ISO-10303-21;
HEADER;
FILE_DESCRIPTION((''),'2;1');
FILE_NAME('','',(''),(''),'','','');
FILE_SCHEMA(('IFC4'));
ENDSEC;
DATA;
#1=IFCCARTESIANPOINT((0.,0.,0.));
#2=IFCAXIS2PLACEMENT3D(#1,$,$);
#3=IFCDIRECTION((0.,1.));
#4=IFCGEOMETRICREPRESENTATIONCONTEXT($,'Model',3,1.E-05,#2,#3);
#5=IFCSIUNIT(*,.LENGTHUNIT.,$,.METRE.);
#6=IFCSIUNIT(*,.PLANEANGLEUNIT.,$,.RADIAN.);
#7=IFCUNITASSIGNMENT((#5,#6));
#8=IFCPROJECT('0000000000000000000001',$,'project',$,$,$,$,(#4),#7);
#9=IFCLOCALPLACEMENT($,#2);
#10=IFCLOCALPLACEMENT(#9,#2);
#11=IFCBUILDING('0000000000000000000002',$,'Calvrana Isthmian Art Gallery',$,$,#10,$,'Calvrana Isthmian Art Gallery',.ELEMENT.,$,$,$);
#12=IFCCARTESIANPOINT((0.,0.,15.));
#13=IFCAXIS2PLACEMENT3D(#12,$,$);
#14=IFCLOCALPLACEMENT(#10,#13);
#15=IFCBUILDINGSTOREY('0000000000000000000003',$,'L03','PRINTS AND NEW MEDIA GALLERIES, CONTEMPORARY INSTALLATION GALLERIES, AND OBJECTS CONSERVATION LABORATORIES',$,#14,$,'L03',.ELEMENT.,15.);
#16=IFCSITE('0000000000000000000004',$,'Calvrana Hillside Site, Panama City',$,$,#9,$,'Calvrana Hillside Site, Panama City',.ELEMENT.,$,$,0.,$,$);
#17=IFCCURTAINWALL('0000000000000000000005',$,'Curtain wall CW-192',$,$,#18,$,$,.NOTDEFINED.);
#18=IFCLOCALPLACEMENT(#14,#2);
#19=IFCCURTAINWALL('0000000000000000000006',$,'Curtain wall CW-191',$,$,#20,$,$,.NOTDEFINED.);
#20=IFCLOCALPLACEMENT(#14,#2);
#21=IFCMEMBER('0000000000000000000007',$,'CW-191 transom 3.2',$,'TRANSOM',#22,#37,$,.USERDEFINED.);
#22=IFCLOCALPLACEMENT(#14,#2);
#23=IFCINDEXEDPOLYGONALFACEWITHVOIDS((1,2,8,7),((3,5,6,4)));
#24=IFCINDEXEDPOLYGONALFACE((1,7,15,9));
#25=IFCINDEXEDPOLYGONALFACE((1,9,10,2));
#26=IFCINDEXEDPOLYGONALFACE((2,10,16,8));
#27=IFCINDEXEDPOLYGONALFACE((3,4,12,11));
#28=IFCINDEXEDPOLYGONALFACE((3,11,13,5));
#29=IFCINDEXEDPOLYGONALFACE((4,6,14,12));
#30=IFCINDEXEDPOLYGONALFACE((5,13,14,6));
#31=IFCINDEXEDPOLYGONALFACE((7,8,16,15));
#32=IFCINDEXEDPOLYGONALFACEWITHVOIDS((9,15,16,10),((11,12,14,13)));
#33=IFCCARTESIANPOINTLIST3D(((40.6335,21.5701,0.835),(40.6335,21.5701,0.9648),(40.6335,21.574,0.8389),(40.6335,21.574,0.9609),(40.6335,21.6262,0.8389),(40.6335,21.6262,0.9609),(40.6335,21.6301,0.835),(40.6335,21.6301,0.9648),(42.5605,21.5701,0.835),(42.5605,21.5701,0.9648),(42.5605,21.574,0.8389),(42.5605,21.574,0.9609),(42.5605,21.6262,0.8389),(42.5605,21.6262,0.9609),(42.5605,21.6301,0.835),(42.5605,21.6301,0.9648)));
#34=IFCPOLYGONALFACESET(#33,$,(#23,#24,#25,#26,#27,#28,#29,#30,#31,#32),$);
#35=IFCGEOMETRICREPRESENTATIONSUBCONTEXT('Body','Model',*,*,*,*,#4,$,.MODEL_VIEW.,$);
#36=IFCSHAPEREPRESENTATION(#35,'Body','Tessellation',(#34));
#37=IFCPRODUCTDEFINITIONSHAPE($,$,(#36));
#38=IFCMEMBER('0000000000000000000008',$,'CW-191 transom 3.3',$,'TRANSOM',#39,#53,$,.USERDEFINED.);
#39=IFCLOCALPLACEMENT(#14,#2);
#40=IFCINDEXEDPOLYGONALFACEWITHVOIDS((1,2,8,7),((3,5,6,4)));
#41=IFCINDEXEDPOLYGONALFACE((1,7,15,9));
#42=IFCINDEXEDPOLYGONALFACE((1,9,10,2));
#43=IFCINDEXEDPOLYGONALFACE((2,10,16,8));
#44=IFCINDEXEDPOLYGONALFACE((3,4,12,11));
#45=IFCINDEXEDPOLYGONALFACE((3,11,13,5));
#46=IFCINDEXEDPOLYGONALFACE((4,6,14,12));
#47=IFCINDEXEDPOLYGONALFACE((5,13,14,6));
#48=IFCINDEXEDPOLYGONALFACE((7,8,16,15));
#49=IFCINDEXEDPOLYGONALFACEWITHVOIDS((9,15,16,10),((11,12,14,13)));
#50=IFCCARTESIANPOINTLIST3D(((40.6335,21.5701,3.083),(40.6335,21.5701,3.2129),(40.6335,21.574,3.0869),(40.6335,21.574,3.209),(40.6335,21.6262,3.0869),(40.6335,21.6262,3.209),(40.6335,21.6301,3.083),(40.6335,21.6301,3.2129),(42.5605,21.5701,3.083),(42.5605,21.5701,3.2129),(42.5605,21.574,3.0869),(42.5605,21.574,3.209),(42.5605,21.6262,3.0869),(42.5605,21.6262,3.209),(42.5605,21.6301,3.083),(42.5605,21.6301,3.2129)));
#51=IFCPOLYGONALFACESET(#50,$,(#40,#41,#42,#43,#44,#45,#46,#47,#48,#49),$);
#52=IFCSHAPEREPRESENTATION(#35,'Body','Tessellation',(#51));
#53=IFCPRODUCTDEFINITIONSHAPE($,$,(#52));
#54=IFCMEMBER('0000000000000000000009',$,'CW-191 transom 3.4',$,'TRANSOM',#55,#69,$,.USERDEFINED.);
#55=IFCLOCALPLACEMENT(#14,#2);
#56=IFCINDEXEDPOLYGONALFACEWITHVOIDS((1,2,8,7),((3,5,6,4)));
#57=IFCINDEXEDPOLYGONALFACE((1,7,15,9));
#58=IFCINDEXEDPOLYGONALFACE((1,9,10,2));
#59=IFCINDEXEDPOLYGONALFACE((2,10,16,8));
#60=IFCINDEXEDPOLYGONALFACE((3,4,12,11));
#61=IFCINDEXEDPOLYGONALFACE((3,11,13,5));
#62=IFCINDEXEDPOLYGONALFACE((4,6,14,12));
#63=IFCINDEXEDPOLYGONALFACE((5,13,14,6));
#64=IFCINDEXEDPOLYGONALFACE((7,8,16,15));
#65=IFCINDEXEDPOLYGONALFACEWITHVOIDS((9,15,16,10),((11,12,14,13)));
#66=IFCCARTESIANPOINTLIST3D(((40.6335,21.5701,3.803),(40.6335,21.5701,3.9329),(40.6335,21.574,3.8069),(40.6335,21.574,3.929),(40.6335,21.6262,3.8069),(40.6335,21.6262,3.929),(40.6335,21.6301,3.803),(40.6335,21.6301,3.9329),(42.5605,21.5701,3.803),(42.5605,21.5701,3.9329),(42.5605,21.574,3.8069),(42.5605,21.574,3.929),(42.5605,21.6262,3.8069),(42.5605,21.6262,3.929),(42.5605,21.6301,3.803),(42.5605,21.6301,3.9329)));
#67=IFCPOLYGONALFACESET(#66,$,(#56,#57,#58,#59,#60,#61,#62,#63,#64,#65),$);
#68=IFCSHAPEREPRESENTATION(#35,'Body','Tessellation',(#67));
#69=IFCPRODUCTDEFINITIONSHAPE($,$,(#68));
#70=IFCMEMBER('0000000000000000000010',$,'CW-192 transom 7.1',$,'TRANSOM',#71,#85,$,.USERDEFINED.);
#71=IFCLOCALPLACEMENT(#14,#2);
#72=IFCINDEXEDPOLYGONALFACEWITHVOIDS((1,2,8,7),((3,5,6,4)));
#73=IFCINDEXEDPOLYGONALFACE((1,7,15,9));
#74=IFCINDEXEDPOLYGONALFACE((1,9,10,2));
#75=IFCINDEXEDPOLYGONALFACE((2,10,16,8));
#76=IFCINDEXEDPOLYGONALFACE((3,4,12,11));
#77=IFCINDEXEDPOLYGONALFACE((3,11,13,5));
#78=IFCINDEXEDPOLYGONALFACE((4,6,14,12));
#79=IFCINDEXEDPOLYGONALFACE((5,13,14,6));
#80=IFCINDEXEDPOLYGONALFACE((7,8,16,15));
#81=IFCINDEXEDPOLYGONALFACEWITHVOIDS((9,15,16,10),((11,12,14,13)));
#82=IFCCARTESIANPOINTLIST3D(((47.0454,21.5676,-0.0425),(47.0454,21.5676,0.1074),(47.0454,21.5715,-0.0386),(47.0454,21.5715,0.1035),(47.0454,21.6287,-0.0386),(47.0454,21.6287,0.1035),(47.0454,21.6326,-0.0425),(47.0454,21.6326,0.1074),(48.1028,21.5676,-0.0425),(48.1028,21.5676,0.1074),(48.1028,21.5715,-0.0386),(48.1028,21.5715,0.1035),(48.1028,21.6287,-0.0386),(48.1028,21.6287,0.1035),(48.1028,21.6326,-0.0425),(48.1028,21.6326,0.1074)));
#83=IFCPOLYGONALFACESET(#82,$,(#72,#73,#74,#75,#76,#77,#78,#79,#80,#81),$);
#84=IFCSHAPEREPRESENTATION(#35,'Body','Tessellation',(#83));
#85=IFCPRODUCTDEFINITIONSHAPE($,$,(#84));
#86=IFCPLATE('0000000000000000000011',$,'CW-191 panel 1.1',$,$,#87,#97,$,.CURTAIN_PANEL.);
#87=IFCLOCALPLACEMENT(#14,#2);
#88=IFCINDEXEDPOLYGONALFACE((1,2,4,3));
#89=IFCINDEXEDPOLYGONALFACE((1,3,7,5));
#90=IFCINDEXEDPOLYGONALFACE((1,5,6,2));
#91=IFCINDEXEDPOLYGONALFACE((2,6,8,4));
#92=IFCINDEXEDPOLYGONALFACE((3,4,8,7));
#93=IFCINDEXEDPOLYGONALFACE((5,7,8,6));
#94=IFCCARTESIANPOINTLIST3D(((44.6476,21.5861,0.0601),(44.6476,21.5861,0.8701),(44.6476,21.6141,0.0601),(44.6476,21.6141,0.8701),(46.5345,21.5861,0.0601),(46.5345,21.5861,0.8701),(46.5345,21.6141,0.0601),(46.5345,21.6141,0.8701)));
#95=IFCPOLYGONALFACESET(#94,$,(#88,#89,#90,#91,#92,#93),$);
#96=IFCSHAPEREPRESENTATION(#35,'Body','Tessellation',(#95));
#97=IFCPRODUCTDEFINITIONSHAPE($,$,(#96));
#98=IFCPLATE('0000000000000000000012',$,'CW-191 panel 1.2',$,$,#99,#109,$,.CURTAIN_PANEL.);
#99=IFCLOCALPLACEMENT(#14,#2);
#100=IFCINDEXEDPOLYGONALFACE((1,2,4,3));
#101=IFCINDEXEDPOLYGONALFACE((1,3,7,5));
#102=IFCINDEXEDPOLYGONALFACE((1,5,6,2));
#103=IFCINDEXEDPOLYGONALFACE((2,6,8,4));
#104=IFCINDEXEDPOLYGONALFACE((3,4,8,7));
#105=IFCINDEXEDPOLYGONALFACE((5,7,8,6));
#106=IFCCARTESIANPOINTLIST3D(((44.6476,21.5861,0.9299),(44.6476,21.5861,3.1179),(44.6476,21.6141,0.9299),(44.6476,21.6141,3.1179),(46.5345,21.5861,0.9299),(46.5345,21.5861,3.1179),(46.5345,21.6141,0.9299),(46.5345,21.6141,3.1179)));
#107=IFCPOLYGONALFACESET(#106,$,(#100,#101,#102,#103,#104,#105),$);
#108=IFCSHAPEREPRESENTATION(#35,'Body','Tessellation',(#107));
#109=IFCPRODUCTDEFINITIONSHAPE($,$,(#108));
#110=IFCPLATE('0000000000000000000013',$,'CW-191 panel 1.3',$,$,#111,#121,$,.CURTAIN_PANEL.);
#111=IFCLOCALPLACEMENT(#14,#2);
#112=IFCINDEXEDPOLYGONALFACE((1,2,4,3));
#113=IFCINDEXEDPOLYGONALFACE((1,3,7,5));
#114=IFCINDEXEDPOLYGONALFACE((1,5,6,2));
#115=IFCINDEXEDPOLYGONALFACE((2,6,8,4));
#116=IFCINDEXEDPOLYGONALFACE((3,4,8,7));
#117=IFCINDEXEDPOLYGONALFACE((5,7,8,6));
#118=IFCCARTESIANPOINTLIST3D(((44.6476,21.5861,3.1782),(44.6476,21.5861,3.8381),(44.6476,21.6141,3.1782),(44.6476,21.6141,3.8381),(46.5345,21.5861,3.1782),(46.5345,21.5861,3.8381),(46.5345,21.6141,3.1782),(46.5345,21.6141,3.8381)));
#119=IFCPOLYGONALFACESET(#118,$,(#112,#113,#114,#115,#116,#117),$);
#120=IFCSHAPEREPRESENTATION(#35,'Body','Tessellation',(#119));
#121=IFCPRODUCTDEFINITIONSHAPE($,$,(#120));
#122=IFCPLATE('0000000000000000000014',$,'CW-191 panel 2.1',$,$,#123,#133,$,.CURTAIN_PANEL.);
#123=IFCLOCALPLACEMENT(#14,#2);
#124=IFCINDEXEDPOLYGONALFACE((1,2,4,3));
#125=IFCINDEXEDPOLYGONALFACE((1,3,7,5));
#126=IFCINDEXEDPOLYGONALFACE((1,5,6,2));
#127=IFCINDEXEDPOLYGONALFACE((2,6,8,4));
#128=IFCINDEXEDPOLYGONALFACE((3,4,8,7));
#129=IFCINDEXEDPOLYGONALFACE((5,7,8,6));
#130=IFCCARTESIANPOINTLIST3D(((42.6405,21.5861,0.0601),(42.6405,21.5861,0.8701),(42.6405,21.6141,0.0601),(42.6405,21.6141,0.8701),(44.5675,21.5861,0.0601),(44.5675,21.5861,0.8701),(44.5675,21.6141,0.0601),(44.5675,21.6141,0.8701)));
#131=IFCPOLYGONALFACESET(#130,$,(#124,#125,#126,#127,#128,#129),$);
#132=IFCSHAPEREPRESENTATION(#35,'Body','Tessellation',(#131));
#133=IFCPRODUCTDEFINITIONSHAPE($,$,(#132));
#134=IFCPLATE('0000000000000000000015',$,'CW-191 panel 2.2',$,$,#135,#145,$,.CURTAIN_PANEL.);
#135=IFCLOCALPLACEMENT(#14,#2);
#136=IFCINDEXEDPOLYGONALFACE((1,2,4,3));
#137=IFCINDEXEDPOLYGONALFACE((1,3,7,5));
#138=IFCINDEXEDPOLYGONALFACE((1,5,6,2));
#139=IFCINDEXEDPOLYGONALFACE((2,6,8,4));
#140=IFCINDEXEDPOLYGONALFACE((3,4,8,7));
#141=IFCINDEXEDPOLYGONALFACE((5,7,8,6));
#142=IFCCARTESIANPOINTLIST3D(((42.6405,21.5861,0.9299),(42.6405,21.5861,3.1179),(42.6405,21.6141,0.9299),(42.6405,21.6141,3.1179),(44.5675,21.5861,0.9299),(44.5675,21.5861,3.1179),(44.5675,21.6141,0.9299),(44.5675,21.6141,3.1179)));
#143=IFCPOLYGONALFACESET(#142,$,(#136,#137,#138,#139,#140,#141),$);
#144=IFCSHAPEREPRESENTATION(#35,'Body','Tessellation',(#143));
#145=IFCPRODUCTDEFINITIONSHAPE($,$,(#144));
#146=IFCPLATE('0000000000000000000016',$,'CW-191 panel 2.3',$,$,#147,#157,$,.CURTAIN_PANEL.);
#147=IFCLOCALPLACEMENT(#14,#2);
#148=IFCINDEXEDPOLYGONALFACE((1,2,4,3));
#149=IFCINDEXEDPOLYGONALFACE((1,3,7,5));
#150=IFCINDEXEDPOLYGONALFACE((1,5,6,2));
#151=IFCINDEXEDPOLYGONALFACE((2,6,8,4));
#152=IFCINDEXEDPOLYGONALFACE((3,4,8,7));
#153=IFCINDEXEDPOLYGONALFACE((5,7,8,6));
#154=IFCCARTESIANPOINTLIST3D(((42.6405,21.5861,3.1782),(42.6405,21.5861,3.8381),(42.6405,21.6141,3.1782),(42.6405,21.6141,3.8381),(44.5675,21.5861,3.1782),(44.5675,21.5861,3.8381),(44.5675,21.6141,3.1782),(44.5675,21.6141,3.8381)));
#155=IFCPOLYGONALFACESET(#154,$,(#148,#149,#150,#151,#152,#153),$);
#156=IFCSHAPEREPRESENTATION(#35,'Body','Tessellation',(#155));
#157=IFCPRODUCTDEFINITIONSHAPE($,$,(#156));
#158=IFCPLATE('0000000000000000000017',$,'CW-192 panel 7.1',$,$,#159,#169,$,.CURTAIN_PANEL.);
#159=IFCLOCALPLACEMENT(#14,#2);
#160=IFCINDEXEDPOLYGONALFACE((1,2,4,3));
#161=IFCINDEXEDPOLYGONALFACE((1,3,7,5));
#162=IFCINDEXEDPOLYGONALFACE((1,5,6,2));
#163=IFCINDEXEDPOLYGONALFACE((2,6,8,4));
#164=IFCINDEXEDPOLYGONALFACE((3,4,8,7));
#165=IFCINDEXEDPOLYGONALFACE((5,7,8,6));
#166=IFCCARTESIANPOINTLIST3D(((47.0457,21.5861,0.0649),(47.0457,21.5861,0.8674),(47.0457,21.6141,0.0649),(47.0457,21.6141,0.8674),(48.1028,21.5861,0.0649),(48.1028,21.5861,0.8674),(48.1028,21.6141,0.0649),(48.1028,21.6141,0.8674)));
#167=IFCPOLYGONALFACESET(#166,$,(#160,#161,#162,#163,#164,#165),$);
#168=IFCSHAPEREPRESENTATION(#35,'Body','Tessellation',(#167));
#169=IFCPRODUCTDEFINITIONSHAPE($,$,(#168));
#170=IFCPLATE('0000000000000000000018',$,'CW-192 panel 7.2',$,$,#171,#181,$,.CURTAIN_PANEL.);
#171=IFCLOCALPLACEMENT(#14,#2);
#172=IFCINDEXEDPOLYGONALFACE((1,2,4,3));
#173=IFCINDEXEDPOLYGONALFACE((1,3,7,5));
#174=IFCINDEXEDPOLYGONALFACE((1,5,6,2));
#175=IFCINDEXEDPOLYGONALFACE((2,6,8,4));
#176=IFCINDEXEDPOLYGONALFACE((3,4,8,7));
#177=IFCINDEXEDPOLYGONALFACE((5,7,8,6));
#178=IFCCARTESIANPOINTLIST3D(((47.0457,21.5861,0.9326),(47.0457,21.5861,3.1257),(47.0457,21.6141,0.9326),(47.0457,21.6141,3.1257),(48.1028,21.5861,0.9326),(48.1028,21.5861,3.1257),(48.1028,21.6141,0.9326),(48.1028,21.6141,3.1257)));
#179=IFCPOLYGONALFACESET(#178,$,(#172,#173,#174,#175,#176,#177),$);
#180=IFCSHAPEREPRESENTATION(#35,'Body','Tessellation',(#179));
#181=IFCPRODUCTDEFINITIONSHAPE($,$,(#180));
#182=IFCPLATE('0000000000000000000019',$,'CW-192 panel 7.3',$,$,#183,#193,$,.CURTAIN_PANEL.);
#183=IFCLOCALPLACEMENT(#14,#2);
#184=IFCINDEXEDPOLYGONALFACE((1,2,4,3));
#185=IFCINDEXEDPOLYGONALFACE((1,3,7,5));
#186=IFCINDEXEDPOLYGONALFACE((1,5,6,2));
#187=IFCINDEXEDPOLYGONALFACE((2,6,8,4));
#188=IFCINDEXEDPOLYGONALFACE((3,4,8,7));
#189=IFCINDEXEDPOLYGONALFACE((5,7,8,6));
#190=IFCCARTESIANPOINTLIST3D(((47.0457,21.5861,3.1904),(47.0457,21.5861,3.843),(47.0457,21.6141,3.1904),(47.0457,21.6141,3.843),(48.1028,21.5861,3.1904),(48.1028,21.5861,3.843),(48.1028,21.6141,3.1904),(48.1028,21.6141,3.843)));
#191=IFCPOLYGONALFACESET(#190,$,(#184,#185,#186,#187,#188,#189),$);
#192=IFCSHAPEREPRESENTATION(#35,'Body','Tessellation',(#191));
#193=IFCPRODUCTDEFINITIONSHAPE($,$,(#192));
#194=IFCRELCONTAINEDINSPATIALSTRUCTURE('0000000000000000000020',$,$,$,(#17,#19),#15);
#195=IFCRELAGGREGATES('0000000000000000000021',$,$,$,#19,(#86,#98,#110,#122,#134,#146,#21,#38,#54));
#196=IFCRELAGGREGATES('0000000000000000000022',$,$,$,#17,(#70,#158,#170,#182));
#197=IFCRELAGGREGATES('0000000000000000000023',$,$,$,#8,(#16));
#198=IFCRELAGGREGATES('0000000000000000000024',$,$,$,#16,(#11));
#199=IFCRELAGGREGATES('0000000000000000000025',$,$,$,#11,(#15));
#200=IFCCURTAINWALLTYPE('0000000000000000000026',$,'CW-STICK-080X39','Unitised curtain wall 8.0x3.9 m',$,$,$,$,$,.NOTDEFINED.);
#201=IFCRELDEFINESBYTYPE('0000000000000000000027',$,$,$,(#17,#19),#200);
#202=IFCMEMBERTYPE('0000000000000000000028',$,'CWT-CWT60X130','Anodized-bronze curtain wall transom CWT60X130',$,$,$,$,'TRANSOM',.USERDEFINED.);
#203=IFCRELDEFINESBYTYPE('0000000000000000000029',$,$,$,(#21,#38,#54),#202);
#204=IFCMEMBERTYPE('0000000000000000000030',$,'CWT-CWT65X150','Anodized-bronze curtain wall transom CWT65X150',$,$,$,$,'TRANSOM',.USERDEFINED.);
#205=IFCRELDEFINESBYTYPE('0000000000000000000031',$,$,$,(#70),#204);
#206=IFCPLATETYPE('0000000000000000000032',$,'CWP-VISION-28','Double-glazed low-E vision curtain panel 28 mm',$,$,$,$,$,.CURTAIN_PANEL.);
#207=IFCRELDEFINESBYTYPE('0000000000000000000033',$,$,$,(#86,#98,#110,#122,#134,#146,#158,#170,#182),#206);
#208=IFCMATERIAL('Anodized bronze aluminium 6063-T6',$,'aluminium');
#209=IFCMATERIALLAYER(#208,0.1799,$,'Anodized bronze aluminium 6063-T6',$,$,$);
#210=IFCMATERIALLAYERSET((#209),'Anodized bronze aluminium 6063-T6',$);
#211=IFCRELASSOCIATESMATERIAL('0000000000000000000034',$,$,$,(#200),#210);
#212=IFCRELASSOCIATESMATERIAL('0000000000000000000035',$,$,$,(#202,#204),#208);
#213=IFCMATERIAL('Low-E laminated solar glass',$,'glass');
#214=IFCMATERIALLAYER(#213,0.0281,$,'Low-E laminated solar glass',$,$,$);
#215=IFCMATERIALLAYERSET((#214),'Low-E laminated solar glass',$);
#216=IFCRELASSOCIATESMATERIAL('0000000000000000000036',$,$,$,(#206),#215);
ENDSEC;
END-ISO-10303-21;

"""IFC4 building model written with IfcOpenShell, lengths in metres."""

from ifc_helpers import new_model, si_unit, direction, frame, origin, origin_2d, place, context, subcontext, project, spatial, rectangle, hollow_rectangle, extrude, material, layer, layer_set, material_profile, profile_set, type_object, element, aggregate, save


model = new_model("IFC4")

# Units and contexts
model_context = context("Model", 3, precision=1e-05, world=origin(), true_north=direction((0.0, 1.0)))
body_context = subcontext(model_context, "Body", "Model", "MODEL_VIEW")
ifc_project = project(units=[si_unit("LENGTHUNIT", "METRE"), si_unit("PLANEANGLEUNIT", "RADIAN")], contexts=[model_context])

# Site, building, storey
site_placement = place(None, origin())
site = spatial("IfcSite", under=ifc_project, at=site_placement, Name="Calvrana Hillside Site, Panama City", LongName="Calvrana Hillside Site, Panama City", CompositionType="ELEMENT", RefElevation=0.0)
building_placement = place(site_placement, origin())
building = spatial("IfcBuilding", under=site, at=building_placement, Name="Calvrana Isthmian Art Gallery", LongName="Calvrana Isthmian Art Gallery", CompositionType="ELEMENT")
storey_placement = place(building_placement, frame((0.0, 0.0, 15.0)))
storey = spatial("IfcBuildingStorey", under=building, at=storey_placement, Name="L03", Description="PRINTS AND NEW MEDIA GALLERIES, CONTEMPORARY INSTALLATION GALLERIES, AND OBJECTS CONSERVATION LABORATORIES", LongName="L03", CompositionType="ELEMENT", Elevation=15.0)

# Curtain wall
ifc_material_1 = material(Name="Anodized bronze aluminium 6063-T6", Category="aluminium")
ifc_layer_1 = layer(ifc_material_1, 0.1799, Name="Anodized bronze aluminium 6063-T6")
ifc_layer_set_1 = layer_set([ifc_layer_1], Name="Anodized bronze aluminium 6063-T6")
curtain_wall_type = type_object("IfcCurtainWallType", Name="CW-STICK-080X39", Description="Unitised curtain wall 8.0x3.9 m", PredefinedType="NOTDEFINED", material=ifc_layer_set_1)
curtain_wall_1_placement = place(storey_placement, origin())
curtain_wall_1 = element("IfcCurtainWall", 1, at=curtain_wall_1_placement, inside=storey, type_object=curtain_wall_type, Name="Curtain wall CW-192", PredefinedType="NOTDEFINED")

# Curtain wall, members
curtain_wall_2_placement = place(storey_placement, origin())
curtain_wall_2 = element("IfcCurtainWall", 2, at=curtain_wall_2_placement, inside=storey, type_object=curtain_wall_type, Name="Curtain wall CW-191", PredefinedType="NOTDEFINED")
ifc_material_profile_1 = material_profile(ifc_material_1, hollow_rectangle(XDim=0.0601, YDim=0.1299, WallThickness=0.0039, at=origin_2d()), Name="CWT60X130")
ifc_profile_set_1 = profile_set([ifc_material_profile_1], Name="Anodized bronze aluminium 6063-T6")
member_type_1 = type_object("IfcMemberType", Name="CWT-CWT60X130", Description="Anodized-bronze curtain wall transom CWT60X130", ElementType="TRANSOM", PredefinedType="USERDEFINED", material=ifc_profile_set_1)
member_1_placement = place(storey_placement, frame((42.5605, 21.6001, 0.8999), z_axis=(-1.0, 0.0, 0.0), x_axis=(0.0, -1.0, 0.0)))
member_1 = element("IfcMember", 3, at=member_1_placement, type_object=member_type_1, Name="CW-191 transom 3.2", ObjectType="TRANSOM", PredefinedType="USERDEFINED", context=body_context, shape_type="SweptSolid", body=[
    extrude(hollow_rectangle(XDim=0.0601, YDim=0.1299, WallThickness=0.0039, at=origin_2d()), origin(), (0.0, 0.0, 1.0), 1.927),
])
member_2_placement = place(storey_placement, frame((42.5605, 21.6001, 3.1479), z_axis=(-1.0, 0.0, 0.0), x_axis=(0.0, -1.0, 0.0)))
member_2 = element("IfcMember", 4, at=member_2_placement, type_object=member_type_1, Name="CW-191 transom 3.3", ObjectType="TRANSOM", PredefinedType="USERDEFINED", context=body_context, shape_type="SweptSolid", body=[
    extrude(hollow_rectangle(XDim=0.0601, YDim=0.1299, WallThickness=0.0039, at=origin_2d()), origin(), (0.0, 0.0, 1.0), 1.927),
])
member_3_placement = place(storey_placement, frame((42.5605, 21.6001, 3.8679), z_axis=(-1.0, 0.0, 0.0), x_axis=(0.0, -1.0, 0.0)))
member_3 = element("IfcMember", 5, at=member_3_placement, type_object=member_type_1, Name="CW-191 transom 3.4", ObjectType="TRANSOM", PredefinedType="USERDEFINED", context=body_context, shape_type="SweptSolid", body=[
    extrude(hollow_rectangle(XDim=0.0601, YDim=0.1299, WallThickness=0.0039, at=origin_2d()), origin(), (0.0, 0.0, 1.0), 1.927),
])

# Member
ifc_material_profile_2 = material_profile(ifc_material_1, hollow_rectangle(XDim=0.0649, YDim=0.1499, WallThickness=0.0039, at=origin_2d()), Name="CWT65X150")
ifc_profile_set_2 = profile_set([ifc_material_profile_2], Name="Anodized bronze aluminium 6063-T6")
member_type_2 = type_object("IfcMemberType", Name="CWT-CWT65X150", Description="Anodized-bronze curtain wall transom CWT65X150", ElementType="TRANSOM", PredefinedType="USERDEFINED", material=ifc_profile_set_2)
member_4_placement = place(storey_placement, frame((48.1028, 21.6001, 0.0325), z_axis=(-1.0, 0.0, 0.0), x_axis=(0.0, -1.0, 0.0)))
member_4 = element("IfcMember", 6, at=member_4_placement, type_object=member_type_2, Name="CW-192 transom 7.1", ObjectType="TRANSOM", PredefinedType="USERDEFINED", context=body_context, shape_type="SweptSolid", body=[
    extrude(hollow_rectangle(XDim=0.0649, YDim=0.1499, WallThickness=0.0039, at=origin_2d()), origin(), (0.0, 0.0, 1.0), 1.0574),
])

# Plates
ifc_material_2 = material(Name="Low-E laminated solar glass", Category="glass")
ifc_layer_2 = layer(ifc_material_2, 0.0281, Name="Low-E laminated solar glass")
ifc_layer_set_2 = layer_set([ifc_layer_2], Name="Low-E laminated solar glass")
plate_type_1 = type_object("IfcPlateType", Name="CWP-VISION-28", Description="Double-glazed low-E vision curtain panel 28 mm", PredefinedType="CURTAIN_PANEL", material=ifc_layer_set_2)
plate_1_placement = place(storey_placement, frame((45.5911, 21.6001, 0.0601), z_axis=(0.0, 0.0, 1.0), x_axis=(-1.0, 0.0, 0.0)))
plate_1 = element("IfcPlate", 7, at=plate_1_placement, type_object=plate_type_1, Name="CW-191 panel 1.1", PredefinedType="CURTAIN_PANEL", context=body_context, shape_type="SweptSolid", body=[
    extrude(rectangle(XDim=1.887, YDim=0.0281, at=origin_2d()), origin(), (0.0, 0.0, 1.0), 0.8101),
])
plate_2_placement = place(storey_placement, frame((45.5911, 21.6001, 0.9299), z_axis=(0.0, 0.0, 1.0), x_axis=(-1.0, 0.0, 0.0)))
plate_2 = element("IfcPlate", 8, at=plate_2_placement, type_object=plate_type_1, Name="CW-191 panel 1.2", PredefinedType="CURTAIN_PANEL", context=body_context, shape_type="SweptSolid", body=[
    extrude(rectangle(XDim=1.887, YDim=0.0281, at=origin_2d()), origin(), (0.0, 0.0, 1.0), 2.188),
])
plate_3_placement = place(storey_placement, frame((45.5911, 21.6001, 3.1782), z_axis=(0.0, 0.0, 1.0), x_axis=(-1.0, 0.0, 0.0)))
plate_3 = element("IfcPlate", 9, at=plate_3_placement, type_object=plate_type_1, Name="CW-191 panel 1.3", PredefinedType="CURTAIN_PANEL", context=body_context, shape_type="SweptSolid", body=[
    extrude(rectangle(XDim=1.887, YDim=0.0281, at=origin_2d()), origin(), (0.0, 0.0, 1.0), 0.6599),
])
plate_4_placement = place(storey_placement, frame((43.604, 21.6001, 0.0601), z_axis=(0.0, 0.0, 1.0), x_axis=(-1.0, 0.0, 0.0)))
plate_4 = element("IfcPlate", 10, at=plate_4_placement, type_object=plate_type_1, Name="CW-191 panel 2.1", PredefinedType="CURTAIN_PANEL", context=body_context, shape_type="SweptSolid", body=[
    extrude(rectangle(XDim=1.927, YDim=0.0281, at=origin_2d()), origin(), (0.0, 0.0, 1.0), 0.8101),
])
plate_5_placement = place(storey_placement, frame((43.604, 21.6001, 0.9299), z_axis=(0.0, 0.0, 1.0), x_axis=(-1.0, 0.0, 0.0)))
plate_5 = element("IfcPlate", 11, at=plate_5_placement, type_object=plate_type_1, Name="CW-191 panel 2.2", PredefinedType="CURTAIN_PANEL", context=body_context, shape_type="SweptSolid", body=[
    extrude(rectangle(XDim=1.927, YDim=0.0281, at=origin_2d()), origin(), (0.0, 0.0, 1.0), 2.188),
])
plate_6_placement = place(storey_placement, frame((43.604, 21.6001, 3.1782), z_axis=(0.0, 0.0, 1.0), x_axis=(-1.0, 0.0, 0.0)))
plate_6 = element("IfcPlate", 12, at=plate_6_placement, type_object=plate_type_1, Name="CW-191 panel 2.3", PredefinedType="CURTAIN_PANEL", context=body_context, shape_type="SweptSolid", body=[
    extrude(rectangle(XDim=1.927, YDim=0.0281, at=origin_2d()), origin(), (0.0, 0.0, 1.0), 0.6599),
])
aggregate(curtain_wall_2, [plate_1, plate_2, plate_3, plate_4, plate_5, plate_6, member_1, member_2, member_3])
plate_7_placement = place(storey_placement, frame((47.5742, 21.6001, 0.0649), z_axis=(0.0, 0.0, 1.0), x_axis=(-1.0, 0.0, 0.0)))
plate_7 = element("IfcPlate", 13, at=plate_7_placement, type_object=plate_type_1, Name="CW-192 panel 7.1", PredefinedType="CURTAIN_PANEL", context=body_context, shape_type="SweptSolid", body=[
    extrude(rectangle(XDim=1.0571, YDim=0.0281, at=origin_2d()), origin(), (0.0, 0.0, 1.0), 0.8025),
])
plate_8_placement = place(storey_placement, frame((47.5742, 21.6001, 0.9326), z_axis=(0.0, 0.0, 1.0), x_axis=(-1.0, 0.0, 0.0)))
plate_8 = element("IfcPlate", 14, at=plate_8_placement, type_object=plate_type_1, Name="CW-192 panel 7.2", PredefinedType="CURTAIN_PANEL", context=body_context, shape_type="SweptSolid", body=[
    extrude(rectangle(XDim=1.0571, YDim=0.0281, at=origin_2d()), origin(), (0.0, 0.0, 1.0), 2.1931),
])
plate_9_placement = place(storey_placement, frame((47.5742, 21.6001, 3.1904), z_axis=(0.0, 0.0, 1.0), x_axis=(-1.0, 0.0, 0.0)))
plate_9 = element("IfcPlate", 15, at=plate_9_placement, type_object=plate_type_1, Name="CW-192 panel 7.3", PredefinedType="CURTAIN_PANEL", context=body_context, shape_type="SweptSolid", body=[
    extrude(rectangle(XDim=1.0571, YDim=0.0281, at=origin_2d()), origin(), (0.0, 0.0, 1.0), 0.6526),
])
aggregate(curtain_wall_1, [member_4, plate_7, plate_8, plate_9])

save(model, "model.ifc")
